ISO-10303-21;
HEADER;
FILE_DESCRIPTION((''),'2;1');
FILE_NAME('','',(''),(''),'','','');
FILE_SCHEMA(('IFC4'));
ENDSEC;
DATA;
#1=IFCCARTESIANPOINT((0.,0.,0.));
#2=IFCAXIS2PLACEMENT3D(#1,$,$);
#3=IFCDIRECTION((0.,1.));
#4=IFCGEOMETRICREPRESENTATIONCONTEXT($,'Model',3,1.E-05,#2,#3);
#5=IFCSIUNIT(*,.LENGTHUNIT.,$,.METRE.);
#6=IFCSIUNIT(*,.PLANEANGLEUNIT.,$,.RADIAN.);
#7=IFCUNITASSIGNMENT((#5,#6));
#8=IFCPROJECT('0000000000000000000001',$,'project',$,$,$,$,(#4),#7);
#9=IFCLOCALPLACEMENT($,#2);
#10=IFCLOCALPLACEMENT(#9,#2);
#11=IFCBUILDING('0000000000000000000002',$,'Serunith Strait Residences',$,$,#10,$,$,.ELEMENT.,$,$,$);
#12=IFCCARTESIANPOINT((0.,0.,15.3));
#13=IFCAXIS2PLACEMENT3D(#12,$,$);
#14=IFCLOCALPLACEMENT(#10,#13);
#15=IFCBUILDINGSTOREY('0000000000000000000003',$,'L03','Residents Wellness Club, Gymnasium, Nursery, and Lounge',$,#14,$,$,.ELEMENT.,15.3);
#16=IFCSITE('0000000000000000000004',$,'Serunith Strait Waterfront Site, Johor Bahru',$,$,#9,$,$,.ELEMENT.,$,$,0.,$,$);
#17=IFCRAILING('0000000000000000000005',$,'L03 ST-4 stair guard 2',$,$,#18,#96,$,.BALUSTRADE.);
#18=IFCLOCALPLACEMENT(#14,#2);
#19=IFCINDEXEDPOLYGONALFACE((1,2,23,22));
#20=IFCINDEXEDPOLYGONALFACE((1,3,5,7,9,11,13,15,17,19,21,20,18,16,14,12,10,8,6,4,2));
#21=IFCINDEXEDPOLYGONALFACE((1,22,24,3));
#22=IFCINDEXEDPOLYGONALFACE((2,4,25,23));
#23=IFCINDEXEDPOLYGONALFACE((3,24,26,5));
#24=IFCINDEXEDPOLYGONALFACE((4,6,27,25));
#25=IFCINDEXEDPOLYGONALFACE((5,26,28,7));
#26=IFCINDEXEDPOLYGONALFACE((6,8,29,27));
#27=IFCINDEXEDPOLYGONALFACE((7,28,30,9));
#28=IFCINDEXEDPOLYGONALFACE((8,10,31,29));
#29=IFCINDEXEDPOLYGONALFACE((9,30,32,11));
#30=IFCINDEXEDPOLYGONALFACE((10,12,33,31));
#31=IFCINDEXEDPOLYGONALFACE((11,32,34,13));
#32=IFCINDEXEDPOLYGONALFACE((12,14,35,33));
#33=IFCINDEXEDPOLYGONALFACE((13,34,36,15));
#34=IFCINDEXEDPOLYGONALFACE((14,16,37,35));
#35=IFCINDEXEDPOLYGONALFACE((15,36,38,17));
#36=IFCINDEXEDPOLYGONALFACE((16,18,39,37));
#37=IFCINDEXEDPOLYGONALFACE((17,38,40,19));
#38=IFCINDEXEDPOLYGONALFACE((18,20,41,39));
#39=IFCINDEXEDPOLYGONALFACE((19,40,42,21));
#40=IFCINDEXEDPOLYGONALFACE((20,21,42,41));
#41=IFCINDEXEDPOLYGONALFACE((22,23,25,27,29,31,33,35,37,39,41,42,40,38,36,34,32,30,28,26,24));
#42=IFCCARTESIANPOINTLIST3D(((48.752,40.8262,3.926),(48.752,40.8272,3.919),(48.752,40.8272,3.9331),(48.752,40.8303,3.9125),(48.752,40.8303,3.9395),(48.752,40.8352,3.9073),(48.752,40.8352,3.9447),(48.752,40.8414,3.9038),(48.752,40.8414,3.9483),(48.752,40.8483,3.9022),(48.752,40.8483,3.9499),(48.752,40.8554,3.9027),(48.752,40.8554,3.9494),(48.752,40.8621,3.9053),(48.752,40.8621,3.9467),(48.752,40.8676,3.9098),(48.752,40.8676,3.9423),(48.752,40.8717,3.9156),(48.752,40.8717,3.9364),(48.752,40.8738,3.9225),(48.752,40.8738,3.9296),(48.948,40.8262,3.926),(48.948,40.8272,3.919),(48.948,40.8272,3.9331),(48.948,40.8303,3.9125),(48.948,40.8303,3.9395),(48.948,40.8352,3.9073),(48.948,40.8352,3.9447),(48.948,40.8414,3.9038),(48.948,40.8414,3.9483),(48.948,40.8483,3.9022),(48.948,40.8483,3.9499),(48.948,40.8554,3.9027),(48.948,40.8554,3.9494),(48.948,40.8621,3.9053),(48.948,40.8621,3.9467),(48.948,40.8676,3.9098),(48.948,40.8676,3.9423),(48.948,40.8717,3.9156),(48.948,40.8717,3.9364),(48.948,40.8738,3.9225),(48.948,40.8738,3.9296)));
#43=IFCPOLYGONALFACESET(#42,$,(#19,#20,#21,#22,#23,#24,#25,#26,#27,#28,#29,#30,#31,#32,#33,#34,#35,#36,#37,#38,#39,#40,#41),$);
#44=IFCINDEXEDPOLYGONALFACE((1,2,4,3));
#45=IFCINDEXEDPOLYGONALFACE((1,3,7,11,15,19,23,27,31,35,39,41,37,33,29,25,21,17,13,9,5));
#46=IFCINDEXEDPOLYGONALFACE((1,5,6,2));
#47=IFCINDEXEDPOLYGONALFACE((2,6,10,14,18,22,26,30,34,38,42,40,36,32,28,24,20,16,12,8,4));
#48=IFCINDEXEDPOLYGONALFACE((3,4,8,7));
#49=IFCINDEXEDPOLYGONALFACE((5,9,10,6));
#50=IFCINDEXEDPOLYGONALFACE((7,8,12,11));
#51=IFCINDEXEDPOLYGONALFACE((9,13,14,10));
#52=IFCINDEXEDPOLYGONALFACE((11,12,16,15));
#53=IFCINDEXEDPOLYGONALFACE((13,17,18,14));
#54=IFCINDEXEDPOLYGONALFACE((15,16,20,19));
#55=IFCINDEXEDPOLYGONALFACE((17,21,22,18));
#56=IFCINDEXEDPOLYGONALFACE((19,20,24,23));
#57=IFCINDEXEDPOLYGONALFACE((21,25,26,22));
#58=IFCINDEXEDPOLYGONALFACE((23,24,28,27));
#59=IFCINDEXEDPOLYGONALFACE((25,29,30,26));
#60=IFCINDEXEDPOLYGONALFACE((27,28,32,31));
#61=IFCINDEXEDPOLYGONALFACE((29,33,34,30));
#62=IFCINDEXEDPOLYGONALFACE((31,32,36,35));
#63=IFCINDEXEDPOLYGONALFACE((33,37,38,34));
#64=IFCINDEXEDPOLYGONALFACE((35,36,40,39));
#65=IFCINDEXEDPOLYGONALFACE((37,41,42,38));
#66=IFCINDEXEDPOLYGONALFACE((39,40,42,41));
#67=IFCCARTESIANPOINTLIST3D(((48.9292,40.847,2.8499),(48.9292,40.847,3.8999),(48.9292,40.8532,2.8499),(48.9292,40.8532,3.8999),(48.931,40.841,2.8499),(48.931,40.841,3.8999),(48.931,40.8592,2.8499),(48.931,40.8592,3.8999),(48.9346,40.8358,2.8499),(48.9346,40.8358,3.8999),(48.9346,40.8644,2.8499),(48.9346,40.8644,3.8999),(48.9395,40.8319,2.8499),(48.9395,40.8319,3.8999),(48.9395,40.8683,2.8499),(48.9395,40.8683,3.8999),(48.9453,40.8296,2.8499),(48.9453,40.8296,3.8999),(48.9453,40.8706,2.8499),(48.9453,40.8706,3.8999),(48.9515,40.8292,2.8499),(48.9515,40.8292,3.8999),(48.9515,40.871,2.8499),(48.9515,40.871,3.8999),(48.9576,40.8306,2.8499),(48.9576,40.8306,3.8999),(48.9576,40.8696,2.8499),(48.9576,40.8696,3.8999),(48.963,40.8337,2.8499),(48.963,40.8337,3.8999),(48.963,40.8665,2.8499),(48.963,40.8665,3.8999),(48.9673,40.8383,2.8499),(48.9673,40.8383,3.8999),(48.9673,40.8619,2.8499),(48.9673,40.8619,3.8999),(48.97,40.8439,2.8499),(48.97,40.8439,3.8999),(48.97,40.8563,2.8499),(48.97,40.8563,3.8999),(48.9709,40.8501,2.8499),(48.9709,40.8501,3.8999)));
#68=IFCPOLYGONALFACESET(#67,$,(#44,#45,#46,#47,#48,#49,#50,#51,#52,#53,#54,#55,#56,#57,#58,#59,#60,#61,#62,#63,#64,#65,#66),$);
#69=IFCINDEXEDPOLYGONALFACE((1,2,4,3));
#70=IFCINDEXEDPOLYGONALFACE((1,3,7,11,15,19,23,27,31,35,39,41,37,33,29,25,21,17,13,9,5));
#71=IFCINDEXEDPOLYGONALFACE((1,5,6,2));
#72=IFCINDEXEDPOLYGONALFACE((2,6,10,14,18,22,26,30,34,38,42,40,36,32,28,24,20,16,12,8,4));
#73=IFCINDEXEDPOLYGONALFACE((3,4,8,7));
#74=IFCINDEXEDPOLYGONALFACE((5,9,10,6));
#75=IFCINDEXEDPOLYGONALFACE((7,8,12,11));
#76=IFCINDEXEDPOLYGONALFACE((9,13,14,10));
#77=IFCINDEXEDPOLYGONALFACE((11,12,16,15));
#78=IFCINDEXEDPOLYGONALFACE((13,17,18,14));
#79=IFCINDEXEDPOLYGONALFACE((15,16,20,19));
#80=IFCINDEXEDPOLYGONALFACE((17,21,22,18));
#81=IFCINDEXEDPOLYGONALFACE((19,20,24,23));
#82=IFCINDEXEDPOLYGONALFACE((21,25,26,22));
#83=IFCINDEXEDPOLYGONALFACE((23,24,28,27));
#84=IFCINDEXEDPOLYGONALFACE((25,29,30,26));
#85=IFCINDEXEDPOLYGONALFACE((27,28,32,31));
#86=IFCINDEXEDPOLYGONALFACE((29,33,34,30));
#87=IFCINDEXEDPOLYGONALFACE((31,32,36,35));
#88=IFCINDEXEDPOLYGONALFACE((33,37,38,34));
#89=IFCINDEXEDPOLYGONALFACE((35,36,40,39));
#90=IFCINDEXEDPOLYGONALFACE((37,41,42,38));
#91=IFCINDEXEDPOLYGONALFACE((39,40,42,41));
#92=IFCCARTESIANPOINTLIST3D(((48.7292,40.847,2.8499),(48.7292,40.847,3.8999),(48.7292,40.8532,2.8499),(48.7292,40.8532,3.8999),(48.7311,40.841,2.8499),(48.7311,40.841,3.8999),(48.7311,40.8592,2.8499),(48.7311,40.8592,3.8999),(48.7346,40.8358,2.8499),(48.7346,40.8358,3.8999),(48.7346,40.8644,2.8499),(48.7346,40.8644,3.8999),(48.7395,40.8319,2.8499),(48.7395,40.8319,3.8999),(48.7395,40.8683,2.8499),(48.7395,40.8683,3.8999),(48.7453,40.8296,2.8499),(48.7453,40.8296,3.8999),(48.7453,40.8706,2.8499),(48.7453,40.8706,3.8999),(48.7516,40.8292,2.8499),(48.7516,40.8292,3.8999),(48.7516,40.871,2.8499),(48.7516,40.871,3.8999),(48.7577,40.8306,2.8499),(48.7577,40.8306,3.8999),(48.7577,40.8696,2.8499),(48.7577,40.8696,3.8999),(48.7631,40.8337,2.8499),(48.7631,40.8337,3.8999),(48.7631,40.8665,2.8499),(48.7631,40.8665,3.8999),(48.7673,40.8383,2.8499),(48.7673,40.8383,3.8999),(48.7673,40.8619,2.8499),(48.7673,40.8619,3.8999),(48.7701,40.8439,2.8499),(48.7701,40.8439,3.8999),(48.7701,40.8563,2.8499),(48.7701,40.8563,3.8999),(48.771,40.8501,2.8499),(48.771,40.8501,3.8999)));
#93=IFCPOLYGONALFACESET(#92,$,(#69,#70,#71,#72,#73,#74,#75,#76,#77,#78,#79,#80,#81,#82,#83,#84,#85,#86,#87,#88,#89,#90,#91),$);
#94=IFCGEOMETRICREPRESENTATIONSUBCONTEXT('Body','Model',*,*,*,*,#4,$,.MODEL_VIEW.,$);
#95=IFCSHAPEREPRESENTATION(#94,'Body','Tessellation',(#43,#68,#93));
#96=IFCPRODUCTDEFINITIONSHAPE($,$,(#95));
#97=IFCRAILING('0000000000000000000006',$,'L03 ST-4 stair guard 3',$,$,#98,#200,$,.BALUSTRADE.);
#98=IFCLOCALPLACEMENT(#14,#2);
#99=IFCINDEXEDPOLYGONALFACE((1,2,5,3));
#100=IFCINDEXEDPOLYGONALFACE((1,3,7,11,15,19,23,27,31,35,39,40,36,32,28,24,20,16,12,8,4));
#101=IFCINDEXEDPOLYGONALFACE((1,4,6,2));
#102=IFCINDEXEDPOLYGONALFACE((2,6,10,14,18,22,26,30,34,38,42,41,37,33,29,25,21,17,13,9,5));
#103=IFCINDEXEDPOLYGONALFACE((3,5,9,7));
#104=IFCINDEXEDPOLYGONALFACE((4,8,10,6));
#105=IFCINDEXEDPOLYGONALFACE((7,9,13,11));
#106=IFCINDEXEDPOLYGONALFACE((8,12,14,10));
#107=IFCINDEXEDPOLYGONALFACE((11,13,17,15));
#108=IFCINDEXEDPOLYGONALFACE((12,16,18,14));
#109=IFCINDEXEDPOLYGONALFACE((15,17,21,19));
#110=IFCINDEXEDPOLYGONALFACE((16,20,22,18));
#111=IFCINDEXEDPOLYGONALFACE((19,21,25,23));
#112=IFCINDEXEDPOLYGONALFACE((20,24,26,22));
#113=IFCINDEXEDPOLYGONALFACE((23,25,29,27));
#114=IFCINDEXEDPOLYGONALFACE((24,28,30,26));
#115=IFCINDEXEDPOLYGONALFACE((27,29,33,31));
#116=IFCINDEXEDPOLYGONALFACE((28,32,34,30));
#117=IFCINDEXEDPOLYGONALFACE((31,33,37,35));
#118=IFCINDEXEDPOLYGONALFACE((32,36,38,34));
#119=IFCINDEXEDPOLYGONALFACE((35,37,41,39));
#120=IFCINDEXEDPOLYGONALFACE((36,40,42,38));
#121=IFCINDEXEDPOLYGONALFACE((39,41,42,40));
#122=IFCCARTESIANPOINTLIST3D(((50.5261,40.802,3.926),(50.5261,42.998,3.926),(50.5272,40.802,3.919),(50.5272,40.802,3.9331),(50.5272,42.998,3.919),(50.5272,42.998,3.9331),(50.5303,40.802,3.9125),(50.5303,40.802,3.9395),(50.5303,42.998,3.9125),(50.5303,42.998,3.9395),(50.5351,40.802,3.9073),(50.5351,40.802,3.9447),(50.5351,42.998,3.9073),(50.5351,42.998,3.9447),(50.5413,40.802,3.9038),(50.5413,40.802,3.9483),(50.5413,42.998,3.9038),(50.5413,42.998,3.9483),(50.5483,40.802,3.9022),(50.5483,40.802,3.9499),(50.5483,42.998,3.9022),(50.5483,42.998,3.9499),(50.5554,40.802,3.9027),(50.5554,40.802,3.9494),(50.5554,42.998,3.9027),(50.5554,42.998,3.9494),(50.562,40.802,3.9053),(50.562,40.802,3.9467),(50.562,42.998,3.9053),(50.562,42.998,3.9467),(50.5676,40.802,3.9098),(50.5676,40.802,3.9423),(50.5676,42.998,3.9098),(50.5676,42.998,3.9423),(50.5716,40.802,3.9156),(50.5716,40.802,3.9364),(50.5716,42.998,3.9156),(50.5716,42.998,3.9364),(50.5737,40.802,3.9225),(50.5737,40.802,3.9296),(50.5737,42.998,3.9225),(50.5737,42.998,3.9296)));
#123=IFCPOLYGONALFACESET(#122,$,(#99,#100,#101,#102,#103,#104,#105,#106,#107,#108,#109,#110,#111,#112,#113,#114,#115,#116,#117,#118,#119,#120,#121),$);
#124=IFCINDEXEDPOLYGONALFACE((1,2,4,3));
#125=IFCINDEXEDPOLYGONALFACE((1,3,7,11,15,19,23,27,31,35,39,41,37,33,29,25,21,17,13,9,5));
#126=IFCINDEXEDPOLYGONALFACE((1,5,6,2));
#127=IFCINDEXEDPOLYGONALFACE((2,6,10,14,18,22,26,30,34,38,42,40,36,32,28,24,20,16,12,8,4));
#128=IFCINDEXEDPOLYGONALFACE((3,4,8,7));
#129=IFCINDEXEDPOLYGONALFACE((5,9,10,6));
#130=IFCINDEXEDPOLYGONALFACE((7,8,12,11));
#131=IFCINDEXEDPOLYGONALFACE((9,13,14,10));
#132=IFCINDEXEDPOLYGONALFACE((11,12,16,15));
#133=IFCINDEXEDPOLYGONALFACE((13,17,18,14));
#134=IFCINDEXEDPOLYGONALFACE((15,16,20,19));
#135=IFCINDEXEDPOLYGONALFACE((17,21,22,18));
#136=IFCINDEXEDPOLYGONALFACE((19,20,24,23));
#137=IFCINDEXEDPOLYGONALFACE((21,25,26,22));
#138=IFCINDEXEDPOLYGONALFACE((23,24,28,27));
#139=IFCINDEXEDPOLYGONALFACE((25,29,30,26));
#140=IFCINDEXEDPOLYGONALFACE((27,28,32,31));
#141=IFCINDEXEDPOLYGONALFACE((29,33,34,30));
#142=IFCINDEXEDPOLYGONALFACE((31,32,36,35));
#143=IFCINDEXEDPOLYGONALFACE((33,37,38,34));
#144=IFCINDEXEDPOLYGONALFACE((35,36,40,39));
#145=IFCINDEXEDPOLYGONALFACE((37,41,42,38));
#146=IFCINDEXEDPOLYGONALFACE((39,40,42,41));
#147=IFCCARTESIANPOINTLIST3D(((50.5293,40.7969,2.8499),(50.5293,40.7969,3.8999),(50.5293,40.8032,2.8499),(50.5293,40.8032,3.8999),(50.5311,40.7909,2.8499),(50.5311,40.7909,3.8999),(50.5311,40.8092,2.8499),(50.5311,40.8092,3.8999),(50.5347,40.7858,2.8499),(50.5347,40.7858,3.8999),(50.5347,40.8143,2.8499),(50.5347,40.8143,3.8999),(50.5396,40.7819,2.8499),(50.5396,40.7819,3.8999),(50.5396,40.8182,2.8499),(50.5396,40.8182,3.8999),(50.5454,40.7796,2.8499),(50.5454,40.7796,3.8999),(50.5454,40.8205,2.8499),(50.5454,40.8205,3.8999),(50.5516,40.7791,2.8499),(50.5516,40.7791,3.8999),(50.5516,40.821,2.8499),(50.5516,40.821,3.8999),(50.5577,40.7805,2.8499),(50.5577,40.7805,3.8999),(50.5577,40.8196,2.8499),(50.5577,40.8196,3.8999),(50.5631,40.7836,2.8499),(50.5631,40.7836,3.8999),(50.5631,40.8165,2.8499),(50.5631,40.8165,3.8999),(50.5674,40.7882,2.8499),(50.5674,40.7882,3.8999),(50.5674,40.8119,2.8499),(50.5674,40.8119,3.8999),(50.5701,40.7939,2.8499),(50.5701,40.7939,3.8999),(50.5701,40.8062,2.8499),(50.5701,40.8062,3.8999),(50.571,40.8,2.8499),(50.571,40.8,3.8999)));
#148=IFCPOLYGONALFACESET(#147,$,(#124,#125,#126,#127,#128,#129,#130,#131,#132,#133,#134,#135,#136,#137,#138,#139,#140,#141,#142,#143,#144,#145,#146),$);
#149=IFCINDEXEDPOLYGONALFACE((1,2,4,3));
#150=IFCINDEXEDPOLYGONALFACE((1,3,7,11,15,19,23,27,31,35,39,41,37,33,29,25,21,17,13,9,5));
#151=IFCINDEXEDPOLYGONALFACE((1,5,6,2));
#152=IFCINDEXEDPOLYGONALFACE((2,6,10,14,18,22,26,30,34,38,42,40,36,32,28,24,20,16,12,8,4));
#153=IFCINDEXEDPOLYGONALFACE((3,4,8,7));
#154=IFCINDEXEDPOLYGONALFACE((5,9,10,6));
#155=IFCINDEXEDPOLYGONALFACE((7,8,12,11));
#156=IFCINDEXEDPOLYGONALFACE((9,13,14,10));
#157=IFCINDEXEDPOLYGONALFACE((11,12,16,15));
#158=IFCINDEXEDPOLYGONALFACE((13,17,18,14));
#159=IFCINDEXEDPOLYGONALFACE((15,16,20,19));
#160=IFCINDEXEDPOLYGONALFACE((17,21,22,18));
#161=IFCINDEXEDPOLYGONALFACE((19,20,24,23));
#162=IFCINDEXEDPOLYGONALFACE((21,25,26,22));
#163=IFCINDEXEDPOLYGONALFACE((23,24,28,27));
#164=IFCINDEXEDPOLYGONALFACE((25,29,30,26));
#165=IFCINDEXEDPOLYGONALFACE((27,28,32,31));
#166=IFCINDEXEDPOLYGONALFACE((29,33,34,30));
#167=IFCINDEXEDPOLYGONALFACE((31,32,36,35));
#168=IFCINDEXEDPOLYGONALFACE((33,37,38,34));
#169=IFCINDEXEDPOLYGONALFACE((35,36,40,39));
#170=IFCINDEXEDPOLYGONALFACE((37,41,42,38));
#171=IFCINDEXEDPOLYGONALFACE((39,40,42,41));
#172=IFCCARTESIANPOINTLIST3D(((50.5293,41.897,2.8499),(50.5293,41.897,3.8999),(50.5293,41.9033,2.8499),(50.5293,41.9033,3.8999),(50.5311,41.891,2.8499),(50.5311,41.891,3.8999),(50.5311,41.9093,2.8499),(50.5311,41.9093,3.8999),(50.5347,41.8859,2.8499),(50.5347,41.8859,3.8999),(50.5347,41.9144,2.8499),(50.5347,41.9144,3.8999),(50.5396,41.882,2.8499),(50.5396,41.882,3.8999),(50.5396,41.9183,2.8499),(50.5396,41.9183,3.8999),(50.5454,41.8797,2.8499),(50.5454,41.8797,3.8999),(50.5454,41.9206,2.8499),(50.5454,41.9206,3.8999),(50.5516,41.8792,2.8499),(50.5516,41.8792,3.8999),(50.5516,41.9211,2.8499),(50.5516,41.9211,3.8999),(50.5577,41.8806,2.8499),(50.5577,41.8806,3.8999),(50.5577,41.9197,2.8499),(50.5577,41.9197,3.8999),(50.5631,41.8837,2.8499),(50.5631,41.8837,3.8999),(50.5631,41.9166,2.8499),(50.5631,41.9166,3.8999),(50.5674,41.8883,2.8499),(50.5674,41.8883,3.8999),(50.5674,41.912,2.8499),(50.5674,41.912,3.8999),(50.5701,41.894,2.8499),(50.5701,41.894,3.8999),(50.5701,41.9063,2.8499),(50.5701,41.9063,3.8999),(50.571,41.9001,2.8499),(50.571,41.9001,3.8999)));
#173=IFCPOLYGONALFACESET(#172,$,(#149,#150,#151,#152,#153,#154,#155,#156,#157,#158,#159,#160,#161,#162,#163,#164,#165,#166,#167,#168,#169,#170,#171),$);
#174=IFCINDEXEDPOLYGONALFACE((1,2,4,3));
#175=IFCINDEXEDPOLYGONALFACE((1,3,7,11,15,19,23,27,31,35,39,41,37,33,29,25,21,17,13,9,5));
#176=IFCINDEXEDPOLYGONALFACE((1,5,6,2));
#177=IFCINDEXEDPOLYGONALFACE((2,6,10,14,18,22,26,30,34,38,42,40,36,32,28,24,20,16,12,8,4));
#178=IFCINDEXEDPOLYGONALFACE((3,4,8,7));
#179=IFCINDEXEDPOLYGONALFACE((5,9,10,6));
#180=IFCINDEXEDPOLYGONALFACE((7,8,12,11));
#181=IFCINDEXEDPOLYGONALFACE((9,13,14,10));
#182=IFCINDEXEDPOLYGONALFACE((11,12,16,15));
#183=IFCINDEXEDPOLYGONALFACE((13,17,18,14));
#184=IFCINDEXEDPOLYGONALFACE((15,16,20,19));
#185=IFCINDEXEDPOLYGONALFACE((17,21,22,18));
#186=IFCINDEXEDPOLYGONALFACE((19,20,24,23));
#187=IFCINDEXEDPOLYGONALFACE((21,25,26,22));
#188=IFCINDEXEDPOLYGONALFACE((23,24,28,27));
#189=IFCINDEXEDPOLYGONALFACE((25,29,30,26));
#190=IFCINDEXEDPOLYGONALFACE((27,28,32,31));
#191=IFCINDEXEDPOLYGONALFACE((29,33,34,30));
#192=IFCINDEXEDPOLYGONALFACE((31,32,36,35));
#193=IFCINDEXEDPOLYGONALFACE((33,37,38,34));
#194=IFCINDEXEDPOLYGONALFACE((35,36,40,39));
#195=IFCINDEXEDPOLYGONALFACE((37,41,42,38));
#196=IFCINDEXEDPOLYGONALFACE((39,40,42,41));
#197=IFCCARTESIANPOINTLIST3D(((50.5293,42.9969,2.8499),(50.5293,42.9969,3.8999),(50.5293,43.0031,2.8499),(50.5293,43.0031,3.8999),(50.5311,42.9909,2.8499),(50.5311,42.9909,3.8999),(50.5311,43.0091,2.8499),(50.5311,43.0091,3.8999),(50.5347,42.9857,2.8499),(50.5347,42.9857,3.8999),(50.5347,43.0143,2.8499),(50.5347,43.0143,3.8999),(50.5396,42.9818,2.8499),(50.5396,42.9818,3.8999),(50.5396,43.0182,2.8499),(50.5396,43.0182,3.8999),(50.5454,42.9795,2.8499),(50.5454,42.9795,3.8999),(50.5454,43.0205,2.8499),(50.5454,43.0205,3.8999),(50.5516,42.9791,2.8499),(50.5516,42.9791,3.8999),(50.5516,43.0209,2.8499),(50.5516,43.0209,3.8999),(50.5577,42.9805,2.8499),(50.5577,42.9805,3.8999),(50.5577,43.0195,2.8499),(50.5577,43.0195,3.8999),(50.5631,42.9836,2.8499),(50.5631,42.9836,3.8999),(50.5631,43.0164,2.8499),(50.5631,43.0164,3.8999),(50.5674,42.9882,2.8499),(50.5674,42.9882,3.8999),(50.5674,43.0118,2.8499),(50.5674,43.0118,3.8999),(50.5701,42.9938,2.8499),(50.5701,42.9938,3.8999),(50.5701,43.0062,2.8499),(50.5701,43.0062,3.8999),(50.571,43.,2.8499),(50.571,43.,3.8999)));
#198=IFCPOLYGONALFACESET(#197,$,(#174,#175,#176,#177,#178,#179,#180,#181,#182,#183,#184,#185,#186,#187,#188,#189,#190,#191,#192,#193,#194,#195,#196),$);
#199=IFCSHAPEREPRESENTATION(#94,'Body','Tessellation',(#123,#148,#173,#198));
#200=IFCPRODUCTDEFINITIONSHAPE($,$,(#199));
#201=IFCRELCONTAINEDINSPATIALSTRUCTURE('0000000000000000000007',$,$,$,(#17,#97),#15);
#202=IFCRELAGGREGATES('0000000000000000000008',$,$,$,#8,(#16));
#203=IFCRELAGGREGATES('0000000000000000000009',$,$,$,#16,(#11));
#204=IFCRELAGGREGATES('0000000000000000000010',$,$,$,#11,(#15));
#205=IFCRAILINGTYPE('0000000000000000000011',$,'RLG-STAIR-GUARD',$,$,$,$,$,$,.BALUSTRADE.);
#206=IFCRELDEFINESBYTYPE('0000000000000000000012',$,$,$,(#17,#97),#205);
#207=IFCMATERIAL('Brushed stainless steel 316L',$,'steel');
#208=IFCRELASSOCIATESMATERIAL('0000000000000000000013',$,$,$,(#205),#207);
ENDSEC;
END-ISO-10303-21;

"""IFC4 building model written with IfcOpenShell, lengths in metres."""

from ifc_helpers import new_model, si_unit, direction, frame, origin, origin_2d, place, context, subcontext, project, spatial, circle, extrude, material, type_object, element, save


model = new_model("IFC4")

# Units and contexts
model_context = context("Model", 3, precision=1e-05, world=origin(), true_north=direction((0.0, 1.0)))
body_context = subcontext(model_context, "Body", "Model", "MODEL_VIEW")
ifc_project = project(units=[si_unit("LENGTHUNIT", "METRE"), si_unit("PLANEANGLEUNIT", "RADIAN")], contexts=[model_context])

# Site, building, storey
site_placement = place(None, origin())
site = spatial("IfcSite", under=ifc_project, at=site_placement, Name="Serunith Strait Waterfront Site, Johor Bahru", CompositionType="ELEMENT", RefElevation=0.0)
building_placement = place(site_placement, origin())
building = spatial("IfcBuilding", under=site, at=building_placement, Name="Serunith Strait Residences", CompositionType="ELEMENT")
storey_placement = place(building_placement, frame((0.0, 0.0, 15.3)))
storey = spatial("IfcBuildingStorey", under=building, at=storey_placement, Name="L03", Description="Residents Wellness Club, Gymnasium, Nursery, and Lounge", CompositionType="ELEMENT", Elevation=15.3)

# Railings
ifc_material_1 = material(Name="Brushed stainless steel 316L", Category="steel")
railing_type_1 = type_object("IfcRailingType", Name="RLG-STAIR-GUARD", PredefinedType="BALUSTRADE", material=ifc_material_1)
railing_1_placement = place(storey_placement, frame((48.95, 40.8501, 2.8499)))
element("IfcRailing", 1, at=railing_1_placement, inside=storey, type_object=railing_type_1, Name="L03 ST-4 stair guard 2", PredefinedType="BALUSTRADE", context=body_context, shape_type="SweptSolid", body=[
    extrude(circle(Radius=0.0239, at=origin_2d()), frame((-0.002, 0.0, 1.0762), z_axis=(-1.0, 0.0, 0.0), x_axis=(0.0, -1.0, 0.0)), (0.0, 0.0, 1.0), 0.196),
    extrude(circle(Radius=0.021, at=origin_2d()), origin(), (0.0, 0.0, 1.0), 1.05),
    extrude(circle(Radius=0.021, at=origin_2d()), frame((-0.2, 0.0, 0.0)), (0.0, 0.0, 1.0), 1.05),
])
for number, where, name in (
    (2, (50.55, 40.8, 2.8499), "L03 ST-4 stair guard 3"),
):
    element("IfcRailing", number, at=place(storey_placement, frame(where)), inside=storey, type_object=railing_type_1, Name=name, PredefinedType="BALUSTRADE", context=body_context, shape_type="SweptSolid", body=[
        extrude(circle(Radius=0.0239, at=origin_2d()), frame((0.0, 0.002, 1.0762), z_axis=(0.0, 1.0, 0.0), x_axis=(-1.0, 0.0, 0.0)), (0.0, 0.0, 1.0), 2.196),
        extrude(circle(Radius=0.021, at=origin_2d()), origin(), (0.0, 0.0, 1.0), 1.05),
        extrude(circle(Radius=0.021, at=origin_2d()), frame((0.0, 1.1001, 0.0)), (0.0, 0.0, 1.0), 1.05),
        extrude(circle(Radius=0.021, at=origin_2d()), frame((0.0, 2.2, 0.0)), (0.0, 0.0, 1.0), 1.05),
    ])

save(model, "model.ifc")
